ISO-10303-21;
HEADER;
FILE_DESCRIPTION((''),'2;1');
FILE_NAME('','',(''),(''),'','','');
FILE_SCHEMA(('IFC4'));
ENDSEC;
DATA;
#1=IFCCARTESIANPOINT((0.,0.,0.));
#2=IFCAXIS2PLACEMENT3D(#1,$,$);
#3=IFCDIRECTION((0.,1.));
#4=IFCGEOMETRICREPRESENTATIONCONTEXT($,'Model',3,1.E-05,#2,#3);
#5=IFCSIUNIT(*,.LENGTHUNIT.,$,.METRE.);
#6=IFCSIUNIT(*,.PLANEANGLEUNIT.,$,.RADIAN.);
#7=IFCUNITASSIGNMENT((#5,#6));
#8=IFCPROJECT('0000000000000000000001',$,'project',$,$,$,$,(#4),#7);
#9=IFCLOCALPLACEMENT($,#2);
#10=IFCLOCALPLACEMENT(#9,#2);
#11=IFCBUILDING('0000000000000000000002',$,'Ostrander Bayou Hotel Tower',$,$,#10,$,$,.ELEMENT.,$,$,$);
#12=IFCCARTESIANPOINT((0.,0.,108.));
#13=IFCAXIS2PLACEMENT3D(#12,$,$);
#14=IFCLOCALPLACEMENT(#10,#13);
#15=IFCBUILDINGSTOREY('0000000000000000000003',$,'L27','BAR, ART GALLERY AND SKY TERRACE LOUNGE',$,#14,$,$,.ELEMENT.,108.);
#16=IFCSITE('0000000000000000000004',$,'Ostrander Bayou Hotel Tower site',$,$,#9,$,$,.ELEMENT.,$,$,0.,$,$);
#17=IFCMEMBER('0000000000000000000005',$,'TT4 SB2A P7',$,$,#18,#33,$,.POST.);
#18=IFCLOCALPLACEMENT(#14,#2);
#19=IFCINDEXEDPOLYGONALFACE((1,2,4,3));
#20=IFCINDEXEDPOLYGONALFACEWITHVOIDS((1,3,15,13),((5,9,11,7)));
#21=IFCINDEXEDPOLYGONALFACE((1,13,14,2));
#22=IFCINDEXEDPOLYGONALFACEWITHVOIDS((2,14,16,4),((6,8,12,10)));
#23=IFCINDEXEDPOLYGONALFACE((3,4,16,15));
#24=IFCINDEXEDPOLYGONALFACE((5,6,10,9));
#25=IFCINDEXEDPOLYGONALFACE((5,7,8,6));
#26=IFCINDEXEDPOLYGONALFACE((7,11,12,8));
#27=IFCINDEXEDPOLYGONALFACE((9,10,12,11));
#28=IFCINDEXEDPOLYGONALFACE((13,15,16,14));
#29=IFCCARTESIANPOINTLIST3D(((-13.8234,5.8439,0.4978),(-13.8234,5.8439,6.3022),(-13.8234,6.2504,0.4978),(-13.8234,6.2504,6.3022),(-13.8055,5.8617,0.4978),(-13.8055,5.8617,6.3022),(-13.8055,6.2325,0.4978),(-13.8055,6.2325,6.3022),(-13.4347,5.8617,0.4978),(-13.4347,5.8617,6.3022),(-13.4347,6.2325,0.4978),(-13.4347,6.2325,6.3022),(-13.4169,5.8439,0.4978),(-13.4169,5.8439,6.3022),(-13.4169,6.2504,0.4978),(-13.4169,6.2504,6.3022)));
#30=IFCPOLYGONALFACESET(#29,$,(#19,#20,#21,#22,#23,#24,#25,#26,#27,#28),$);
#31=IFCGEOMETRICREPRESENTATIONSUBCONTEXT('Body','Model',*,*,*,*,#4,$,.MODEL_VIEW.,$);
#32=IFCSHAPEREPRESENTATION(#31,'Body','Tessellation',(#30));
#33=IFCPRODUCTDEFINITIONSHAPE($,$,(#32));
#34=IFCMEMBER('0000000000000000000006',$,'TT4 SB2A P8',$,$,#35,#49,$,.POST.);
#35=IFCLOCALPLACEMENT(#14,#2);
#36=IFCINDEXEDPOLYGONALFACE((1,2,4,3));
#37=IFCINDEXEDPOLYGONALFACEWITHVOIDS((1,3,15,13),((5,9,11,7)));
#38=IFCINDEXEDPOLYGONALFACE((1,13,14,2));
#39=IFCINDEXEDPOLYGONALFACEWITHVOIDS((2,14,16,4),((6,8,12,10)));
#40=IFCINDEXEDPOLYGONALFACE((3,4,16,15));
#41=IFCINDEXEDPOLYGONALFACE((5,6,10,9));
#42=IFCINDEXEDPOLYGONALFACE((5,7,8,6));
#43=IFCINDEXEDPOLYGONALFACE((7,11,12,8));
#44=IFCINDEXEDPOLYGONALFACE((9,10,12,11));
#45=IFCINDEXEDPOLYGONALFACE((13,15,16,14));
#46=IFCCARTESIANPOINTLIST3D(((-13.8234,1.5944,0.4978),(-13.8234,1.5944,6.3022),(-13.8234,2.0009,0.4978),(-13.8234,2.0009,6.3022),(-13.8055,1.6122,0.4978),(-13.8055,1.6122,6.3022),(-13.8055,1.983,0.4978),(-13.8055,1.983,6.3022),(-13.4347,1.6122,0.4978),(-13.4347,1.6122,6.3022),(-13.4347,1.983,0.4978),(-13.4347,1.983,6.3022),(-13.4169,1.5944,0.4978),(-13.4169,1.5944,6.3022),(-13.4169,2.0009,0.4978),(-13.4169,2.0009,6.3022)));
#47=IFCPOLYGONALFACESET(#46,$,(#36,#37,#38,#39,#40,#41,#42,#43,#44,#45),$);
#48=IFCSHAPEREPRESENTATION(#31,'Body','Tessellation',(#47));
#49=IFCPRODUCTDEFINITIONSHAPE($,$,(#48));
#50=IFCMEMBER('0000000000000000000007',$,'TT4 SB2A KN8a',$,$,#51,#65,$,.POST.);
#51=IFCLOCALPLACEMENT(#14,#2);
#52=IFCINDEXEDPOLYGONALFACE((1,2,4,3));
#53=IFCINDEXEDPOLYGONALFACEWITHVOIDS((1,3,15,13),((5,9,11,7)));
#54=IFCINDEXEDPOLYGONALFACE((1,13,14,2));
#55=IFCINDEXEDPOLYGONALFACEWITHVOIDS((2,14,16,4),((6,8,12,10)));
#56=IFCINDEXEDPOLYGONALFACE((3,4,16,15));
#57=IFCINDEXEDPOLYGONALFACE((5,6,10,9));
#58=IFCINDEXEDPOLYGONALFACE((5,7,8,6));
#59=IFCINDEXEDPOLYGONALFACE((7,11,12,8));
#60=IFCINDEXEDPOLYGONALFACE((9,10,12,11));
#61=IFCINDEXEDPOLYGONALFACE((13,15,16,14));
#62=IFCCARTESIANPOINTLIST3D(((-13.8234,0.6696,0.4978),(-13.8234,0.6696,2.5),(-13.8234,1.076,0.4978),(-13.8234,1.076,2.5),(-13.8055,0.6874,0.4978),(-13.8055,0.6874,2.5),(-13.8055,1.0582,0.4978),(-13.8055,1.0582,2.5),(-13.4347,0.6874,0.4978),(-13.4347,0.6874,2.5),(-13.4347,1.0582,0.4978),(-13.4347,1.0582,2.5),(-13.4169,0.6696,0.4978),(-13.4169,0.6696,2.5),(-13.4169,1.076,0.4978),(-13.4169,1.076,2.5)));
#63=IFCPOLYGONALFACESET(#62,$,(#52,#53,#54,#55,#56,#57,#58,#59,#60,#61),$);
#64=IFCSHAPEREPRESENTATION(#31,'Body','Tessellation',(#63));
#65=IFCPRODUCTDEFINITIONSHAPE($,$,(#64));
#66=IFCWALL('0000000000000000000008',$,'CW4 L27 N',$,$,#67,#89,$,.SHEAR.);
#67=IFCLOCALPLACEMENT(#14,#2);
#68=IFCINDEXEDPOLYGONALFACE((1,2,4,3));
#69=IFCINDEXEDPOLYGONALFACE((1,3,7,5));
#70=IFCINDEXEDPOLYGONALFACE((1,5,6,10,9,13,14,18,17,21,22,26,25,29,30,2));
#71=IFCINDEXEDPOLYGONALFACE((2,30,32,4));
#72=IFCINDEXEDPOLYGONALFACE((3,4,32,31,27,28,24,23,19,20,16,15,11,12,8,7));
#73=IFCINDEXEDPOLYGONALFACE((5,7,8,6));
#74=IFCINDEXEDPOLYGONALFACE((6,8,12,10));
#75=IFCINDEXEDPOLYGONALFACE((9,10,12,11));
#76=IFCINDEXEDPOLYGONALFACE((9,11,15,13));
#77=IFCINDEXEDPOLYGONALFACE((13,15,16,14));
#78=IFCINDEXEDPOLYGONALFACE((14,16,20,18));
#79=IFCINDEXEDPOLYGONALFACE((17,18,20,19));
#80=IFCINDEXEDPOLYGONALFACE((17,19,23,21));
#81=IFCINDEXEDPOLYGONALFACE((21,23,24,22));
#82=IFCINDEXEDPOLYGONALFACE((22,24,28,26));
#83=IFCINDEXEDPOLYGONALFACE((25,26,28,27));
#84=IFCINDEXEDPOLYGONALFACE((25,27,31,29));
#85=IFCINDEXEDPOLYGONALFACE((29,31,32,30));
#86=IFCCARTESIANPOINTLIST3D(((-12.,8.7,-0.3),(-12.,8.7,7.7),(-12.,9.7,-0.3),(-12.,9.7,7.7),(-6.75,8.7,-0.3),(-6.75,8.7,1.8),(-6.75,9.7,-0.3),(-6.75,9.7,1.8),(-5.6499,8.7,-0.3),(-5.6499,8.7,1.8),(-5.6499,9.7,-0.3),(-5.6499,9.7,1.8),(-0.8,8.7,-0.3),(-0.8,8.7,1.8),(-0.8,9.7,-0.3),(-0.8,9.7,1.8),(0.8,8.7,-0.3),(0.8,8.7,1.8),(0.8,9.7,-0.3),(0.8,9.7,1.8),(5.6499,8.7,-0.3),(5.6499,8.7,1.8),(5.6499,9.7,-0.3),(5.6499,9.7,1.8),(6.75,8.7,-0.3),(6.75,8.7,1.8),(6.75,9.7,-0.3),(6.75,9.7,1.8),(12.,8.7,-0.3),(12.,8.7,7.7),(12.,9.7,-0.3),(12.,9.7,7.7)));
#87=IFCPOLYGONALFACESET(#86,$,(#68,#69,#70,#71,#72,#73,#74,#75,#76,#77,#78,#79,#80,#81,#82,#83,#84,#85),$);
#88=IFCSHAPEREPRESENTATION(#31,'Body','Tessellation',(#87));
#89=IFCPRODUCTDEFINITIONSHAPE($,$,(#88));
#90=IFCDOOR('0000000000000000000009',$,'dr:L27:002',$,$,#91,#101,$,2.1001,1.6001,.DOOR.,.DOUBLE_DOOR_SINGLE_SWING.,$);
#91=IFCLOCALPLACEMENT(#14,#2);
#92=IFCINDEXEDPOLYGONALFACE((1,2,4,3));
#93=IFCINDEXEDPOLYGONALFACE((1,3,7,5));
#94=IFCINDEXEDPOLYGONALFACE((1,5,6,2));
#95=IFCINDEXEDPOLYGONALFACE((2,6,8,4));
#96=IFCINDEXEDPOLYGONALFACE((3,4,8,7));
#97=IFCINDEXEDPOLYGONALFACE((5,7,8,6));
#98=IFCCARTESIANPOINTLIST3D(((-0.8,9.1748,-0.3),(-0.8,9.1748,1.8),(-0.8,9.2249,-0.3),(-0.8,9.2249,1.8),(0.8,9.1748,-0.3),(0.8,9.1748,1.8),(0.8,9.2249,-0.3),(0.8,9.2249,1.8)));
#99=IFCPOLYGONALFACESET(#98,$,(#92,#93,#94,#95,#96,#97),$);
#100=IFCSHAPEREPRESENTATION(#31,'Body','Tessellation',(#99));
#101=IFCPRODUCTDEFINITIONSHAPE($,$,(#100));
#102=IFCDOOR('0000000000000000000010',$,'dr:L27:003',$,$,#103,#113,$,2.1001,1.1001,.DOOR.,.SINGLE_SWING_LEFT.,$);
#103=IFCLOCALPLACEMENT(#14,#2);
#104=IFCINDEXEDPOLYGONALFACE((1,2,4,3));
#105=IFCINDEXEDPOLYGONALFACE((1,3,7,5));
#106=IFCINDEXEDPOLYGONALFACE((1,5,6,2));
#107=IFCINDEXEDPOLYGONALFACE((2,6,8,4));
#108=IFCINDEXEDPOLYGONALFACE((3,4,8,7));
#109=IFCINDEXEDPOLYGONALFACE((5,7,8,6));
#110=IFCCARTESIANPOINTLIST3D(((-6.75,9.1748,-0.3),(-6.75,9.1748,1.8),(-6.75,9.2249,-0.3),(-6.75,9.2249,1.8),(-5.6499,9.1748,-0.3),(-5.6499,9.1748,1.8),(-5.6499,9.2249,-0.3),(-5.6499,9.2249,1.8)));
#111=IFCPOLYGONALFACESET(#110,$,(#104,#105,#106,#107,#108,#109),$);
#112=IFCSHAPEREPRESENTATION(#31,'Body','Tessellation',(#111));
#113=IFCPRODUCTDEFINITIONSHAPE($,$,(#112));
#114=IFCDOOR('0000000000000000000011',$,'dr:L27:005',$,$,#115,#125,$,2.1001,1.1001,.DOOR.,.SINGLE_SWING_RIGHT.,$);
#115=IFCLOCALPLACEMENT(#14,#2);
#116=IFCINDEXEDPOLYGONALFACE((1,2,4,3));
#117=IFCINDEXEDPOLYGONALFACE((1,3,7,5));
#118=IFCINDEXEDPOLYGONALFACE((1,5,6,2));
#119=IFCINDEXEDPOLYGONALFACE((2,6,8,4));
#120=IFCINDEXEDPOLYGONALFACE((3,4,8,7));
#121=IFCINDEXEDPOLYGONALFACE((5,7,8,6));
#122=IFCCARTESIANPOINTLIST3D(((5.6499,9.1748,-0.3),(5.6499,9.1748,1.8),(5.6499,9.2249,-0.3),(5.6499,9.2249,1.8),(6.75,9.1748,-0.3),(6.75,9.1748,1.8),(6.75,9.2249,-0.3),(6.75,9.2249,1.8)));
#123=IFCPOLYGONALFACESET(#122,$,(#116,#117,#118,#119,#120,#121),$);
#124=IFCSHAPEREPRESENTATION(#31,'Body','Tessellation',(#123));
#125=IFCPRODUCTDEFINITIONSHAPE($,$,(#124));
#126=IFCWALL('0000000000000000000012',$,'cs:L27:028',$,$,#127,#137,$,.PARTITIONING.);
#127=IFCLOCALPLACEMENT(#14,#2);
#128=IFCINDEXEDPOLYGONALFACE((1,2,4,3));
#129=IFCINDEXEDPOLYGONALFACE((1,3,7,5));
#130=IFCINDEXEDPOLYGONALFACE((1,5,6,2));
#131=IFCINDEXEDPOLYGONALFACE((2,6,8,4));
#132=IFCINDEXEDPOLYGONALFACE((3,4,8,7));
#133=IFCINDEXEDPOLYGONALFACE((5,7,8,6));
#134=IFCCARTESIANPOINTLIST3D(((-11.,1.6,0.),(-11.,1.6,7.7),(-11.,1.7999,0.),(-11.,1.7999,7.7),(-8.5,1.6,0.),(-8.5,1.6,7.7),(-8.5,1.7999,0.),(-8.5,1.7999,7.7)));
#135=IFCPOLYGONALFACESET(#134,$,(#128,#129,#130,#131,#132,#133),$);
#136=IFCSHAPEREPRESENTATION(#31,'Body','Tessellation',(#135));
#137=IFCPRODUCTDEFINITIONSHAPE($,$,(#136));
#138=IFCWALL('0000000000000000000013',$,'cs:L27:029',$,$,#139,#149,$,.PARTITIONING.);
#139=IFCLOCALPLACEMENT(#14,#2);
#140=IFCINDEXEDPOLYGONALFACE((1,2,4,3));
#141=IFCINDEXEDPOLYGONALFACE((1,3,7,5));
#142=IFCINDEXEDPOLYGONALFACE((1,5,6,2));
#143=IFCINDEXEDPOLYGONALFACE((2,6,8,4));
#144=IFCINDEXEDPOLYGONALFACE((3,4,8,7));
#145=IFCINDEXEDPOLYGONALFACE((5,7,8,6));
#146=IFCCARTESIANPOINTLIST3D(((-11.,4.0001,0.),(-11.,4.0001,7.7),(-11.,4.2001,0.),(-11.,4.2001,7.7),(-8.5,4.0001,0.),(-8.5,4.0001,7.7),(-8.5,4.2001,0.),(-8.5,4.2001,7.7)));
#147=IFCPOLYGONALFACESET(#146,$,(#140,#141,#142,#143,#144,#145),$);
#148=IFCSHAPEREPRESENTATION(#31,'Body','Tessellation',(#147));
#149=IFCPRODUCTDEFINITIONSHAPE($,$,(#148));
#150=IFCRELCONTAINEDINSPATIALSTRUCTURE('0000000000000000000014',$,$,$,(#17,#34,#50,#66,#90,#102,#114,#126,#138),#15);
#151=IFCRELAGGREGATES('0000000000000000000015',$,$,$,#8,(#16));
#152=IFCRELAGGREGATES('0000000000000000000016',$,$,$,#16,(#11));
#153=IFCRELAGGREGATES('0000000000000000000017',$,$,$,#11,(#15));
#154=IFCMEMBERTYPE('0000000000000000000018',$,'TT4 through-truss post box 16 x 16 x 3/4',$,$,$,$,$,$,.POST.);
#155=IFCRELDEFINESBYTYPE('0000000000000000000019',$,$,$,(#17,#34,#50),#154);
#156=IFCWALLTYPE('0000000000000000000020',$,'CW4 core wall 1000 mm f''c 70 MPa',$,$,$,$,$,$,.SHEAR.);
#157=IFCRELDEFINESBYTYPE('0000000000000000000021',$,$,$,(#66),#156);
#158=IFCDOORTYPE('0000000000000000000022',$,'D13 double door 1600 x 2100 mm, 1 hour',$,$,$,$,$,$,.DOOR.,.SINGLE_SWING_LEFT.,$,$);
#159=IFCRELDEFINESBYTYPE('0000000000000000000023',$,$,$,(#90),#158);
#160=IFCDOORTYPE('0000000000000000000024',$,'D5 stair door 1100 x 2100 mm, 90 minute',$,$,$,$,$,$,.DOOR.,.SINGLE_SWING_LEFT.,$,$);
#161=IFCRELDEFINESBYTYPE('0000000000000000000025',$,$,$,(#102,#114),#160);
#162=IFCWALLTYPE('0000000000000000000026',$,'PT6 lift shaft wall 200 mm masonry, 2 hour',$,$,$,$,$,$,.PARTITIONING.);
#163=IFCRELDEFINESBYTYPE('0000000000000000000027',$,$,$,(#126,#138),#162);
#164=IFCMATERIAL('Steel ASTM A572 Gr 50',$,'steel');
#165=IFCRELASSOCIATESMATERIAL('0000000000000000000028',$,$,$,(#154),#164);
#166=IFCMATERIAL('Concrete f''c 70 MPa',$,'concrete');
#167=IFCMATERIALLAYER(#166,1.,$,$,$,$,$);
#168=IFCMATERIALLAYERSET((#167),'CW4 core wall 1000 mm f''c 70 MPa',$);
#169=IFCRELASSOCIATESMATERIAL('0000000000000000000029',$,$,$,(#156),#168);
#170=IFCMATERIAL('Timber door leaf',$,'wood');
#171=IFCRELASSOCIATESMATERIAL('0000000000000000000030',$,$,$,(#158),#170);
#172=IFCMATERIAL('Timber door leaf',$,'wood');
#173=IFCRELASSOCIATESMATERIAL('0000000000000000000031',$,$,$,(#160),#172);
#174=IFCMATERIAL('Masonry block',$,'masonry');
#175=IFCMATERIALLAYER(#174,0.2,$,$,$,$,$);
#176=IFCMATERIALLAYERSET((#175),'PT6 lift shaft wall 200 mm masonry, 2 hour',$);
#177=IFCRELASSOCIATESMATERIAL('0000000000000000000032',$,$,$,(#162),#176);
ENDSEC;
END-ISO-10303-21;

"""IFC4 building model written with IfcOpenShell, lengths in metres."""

from ifc_helpers import new_model, si_unit, direction, frame, frame_2d, origin, origin_2d, place, context, subcontext, project, spatial, rectangle, hollow_rectangle, extrude, material, layer, layer_set, material_profile, profile_set, type_object, element, fill, save


model = new_model("IFC4")

# Units and contexts
model_context = context("Model", 3, precision=1e-05, world=origin(), true_north=direction((0.0, 1.0)))
body_context = subcontext(model_context, "Body", "Model", "MODEL_VIEW")
ifc_project = project(units=[si_unit("LENGTHUNIT", "METRE"), si_unit("PLANEANGLEUNIT", "RADIAN")], contexts=[model_context])

# Site, building, storey
site_placement = place(None, origin())
site = spatial("IfcSite", under=ifc_project, at=site_placement, Name="Ostrander Bayou Hotel Tower site", CompositionType="ELEMENT", RefElevation=0.0)
building_placement = place(site_placement, origin())
building = spatial("IfcBuilding", under=site, at=building_placement, Name="Ostrander Bayou Hotel Tower", CompositionType="ELEMENT")
storey_placement = place(building_placement, frame((0.0, 0.0, 108.0)))
storey = spatial("IfcBuildingStorey", under=building, at=storey_placement, Name="L27", Description="BAR, ART GALLERY AND SKY TERRACE LOUNGE", CompositionType="ELEMENT", Elevation=108.0)

# Members
ifc_material_1 = material(Name="Steel ASTM A572 Gr 50", Category="steel")
ifc_material_profile_1 = material_profile(ifc_material_1, hollow_rectangle(XDim=0.4065, YDim=0.4065, WallThickness=0.0178, at=origin_2d()))
ifc_profile_set_1 = profile_set([ifc_material_profile_1], Name="Steel ASTM A572 Gr 50")
member_type_1 = type_object("IfcMemberType", Name="TT4 through-truss post box 16 x 16 x 3/4", PredefinedType="POST", material=ifc_profile_set_1)
for number, where, z_axis, x_axis, name in (
    (1, (-13.6201, 6.0471, 0.4978), (0.0, 0.0, 1.0), (1.0, 0.0, 0.0), "TT4 SB2A P7"),
    (2, (-13.6201, 1.7976, 0.4978), (0.0, 0.0, 1.0), (1.0, 0.0, 0.0), "TT4 SB2A P8"),
):
    element("IfcMember", number, at=place(storey_placement, frame(where, z_axis=z_axis, x_axis=x_axis)), inside=storey, type_object=member_type_1, Name=name, PredefinedType="POST", context=body_context, shape_type="SweptSolid", body=[
        extrude(hollow_rectangle(XDim=0.4065, YDim=0.4065, WallThickness=0.0178, at=origin_2d()), origin(), (0.0, 0.0, 1.0), 5.8044),
    ])
member_1_placement = place(storey_placement, frame((-13.6201, 0.8728, 0.4978), z_axis=(0.0, 0.0, 1.0), x_axis=(1.0, 0.0, 0.0)))
element("IfcMember", 3, at=member_1_placement, inside=storey, type_object=member_type_1, Name="TT4 SB2A KN8a", PredefinedType="POST", context=body_context, shape_type="SweptSolid", body=[
    extrude(hollow_rectangle(XDim=0.4065, YDim=0.4065, WallThickness=0.0178, at=origin_2d()), origin(), (0.0, 0.0, 1.0), 2.0022),
])

# Wall, openings, doors
ifc_material_2 = material(Name="Concrete f'c 70 MPa", Category="concrete")
ifc_layer_1 = layer(ifc_material_2, 1.0)
ifc_layer_set_1 = layer_set([ifc_layer_1], Name="CW4 core wall 1000 mm f'c 70 MPa")
wall_type_1 = type_object("IfcWallType", Name="CW4 core wall 1000 mm f'c 70 MPa", PredefinedType="SHEAR", material=ifc_layer_set_1)
wall_1_placement = place(storey_placement, frame((-12.0, 9.2, -0.3), z_axis=(0.0, 0.0, 1.0), x_axis=(1.0, 0.0, 0.0)))
wall_1 = element("IfcWall", 4, at=wall_1_placement, inside=storey, type_object=wall_type_1, Name="CW4 L27 N", PredefinedType="SHEAR", context=body_context, shape_type="SweptSolid", body=[
    extrude(rectangle(XDim=24.0, YDim=1.0, at=frame_2d((12.0, 0.0))), origin(), (0.0, 0.0, 1.0), 8.0),
])
opening_1_placement = place(wall_1_placement, frame((11.2, 0.0, 0.0)))
opening_1 = element("IfcOpeningElement", 5, at=opening_1_placement, cuts=wall_1, PredefinedType="OPENING", context=body_context, shape_type="SweptSolid", body=[
    extrude(rectangle(XDim=1.6001, YDim=2.1001, at=frame_2d((0.8, 1.05))), frame((0.0, 0.5, 0.0), z_axis=(0.0, -1.0, 0.0), x_axis=(1.0, 0.0, 0.0)), (0.0, 0.0, 1.0), 1.0),
])
opening_2_placement = place(wall_1_placement, frame((5.25, 0.0, 0.0)))
opening_2 = element("IfcOpeningElement", 6, at=opening_2_placement, cuts=wall_1, PredefinedType="OPENING", context=body_context, shape_type="SweptSolid", body=[
    extrude(rectangle(XDim=1.1001, YDim=2.1001, at=frame_2d((0.55, 1.05))), frame((0.0, 0.5, 0.0), z_axis=(0.0, -1.0, 0.0), x_axis=(1.0, 0.0, 0.0)), (0.0, 0.0, 1.0), 1.0),
])
opening_3_placement = place(wall_1_placement, frame((17.6499, 0.0, 0.0)))
opening_3 = element("IfcOpeningElement", 7, at=opening_3_placement, cuts=wall_1, PredefinedType="OPENING", context=body_context, shape_type="SweptSolid", body=[
    extrude(rectangle(XDim=1.1001, YDim=2.1001, at=frame_2d((0.55, 1.05))), frame((0.0, 0.5, 0.0), z_axis=(0.0, -1.0, 0.0), x_axis=(1.0, 0.0, 0.0)), (0.0, 0.0, 1.0), 1.0),
])
ifc_material_3 = material(Name="Timber door leaf", Category="wood")
door_type_1 = type_object("IfcDoorType", Name="D13 double door 1600 x 2100 mm, 1 hour", OperationType="SINGLE_SWING_LEFT", PredefinedType="DOOR", material=ifc_material_3)
door_1_placement = place(opening_1_placement, origin())
door_1 = element("IfcDoor", 8, at=door_1_placement, inside=storey, type_object=door_type_1, Name="dr:L27:002", OperationType="DOUBLE_DOOR_SINGLE_SWING", OverallHeight=2.1001, OverallWidth=1.6001, PredefinedType="DOOR", context=body_context, shape_type="SweptSolid", body=[
    extrude(rectangle(XDim=1.6001, YDim=2.1001, at=frame_2d((0.8, 1.05))), frame((0.0, 0.0249, 0.0), z_axis=(0.0, -1.0, 0.0), x_axis=(1.0, 0.0, 0.0)), (0.0, 0.0, 1.0), 0.05),
])
fill(opening_1, door_1)
ifc_material_4 = material(Name="Timber door leaf", Category="wood")
door_type_2 = type_object("IfcDoorType", Name="D5 stair door 1100 x 2100 mm, 90 minute", OperationType="SINGLE_SWING_LEFT", PredefinedType="DOOR", material=ifc_material_4)
door_2_placement = place(opening_2_placement, origin())
door_2 = element("IfcDoor", 9, at=door_2_placement, inside=storey, type_object=door_type_2, Name="dr:L27:003", OperationType="SINGLE_SWING_LEFT", OverallHeight=2.1001, OverallWidth=1.1001, PredefinedType="DOOR", context=body_context, shape_type="SweptSolid", body=[
    extrude(rectangle(XDim=1.1001, YDim=2.1001, at=frame_2d((0.55, 1.05))), frame((0.0, 0.0249, 0.0), z_axis=(0.0, -1.0, 0.0), x_axis=(1.0, 0.0, 0.0)), (0.0, 0.0, 1.0), 0.05),
])
fill(opening_2, door_2)
door_3_placement = place(opening_3_placement, origin())
door_3 = element("IfcDoor", 10, at=door_3_placement, inside=storey, type_object=door_type_2, Name="dr:L27:005", OperationType="SINGLE_SWING_RIGHT", OverallHeight=2.1001, OverallWidth=1.1001, PredefinedType="DOOR", context=body_context, shape_type="SweptSolid", body=[
    extrude(rectangle(XDim=1.1001, YDim=2.1001, at=frame_2d((0.55, 1.05))), frame((0.0, 0.0249, 0.0), z_axis=(0.0, -1.0, 0.0), x_axis=(1.0, 0.0, 0.0)), (0.0, 0.0, 1.0), 0.05),
])
fill(opening_3, door_3)

# Walls
ifc_material_5 = material(Name="Masonry block", Category="masonry")
ifc_layer_2 = layer(ifc_material_5, 0.2)
ifc_layer_set_2 = layer_set([ifc_layer_2], Name="PT6 lift shaft wall 200 mm masonry, 2 hour")
wall_type_2 = type_object("IfcWallType", Name="PT6 lift shaft wall 200 mm masonry, 2 hour", PredefinedType="PARTITIONING", material=ifc_layer_set_2)
for number, where, z_axis, x_axis, name in (
    (11, (-11.0, 1.7, 0.0), (0.0, 0.0, 1.0), (1.0, 0.0, 0.0), "cs:L27:028"),
    (12, (-11.0, 4.1001, 0.0), (0.0, 0.0, 1.0), (1.0, 0.0, 0.0), "cs:L27:029"),
):
    element("IfcWall", number, at=place(storey_placement, frame(where, z_axis=z_axis, x_axis=x_axis)), inside=storey, type_object=wall_type_2, Name=name, PredefinedType="PARTITIONING", context=body_context, shape_type="SweptSolid", body=[
        extrude(rectangle(XDim=2.5, YDim=0.2, at=frame_2d((1.25, 0.0))), origin(), (0.0, 0.0, 1.0), 7.7),
    ])

save(model, "model.ifc")
